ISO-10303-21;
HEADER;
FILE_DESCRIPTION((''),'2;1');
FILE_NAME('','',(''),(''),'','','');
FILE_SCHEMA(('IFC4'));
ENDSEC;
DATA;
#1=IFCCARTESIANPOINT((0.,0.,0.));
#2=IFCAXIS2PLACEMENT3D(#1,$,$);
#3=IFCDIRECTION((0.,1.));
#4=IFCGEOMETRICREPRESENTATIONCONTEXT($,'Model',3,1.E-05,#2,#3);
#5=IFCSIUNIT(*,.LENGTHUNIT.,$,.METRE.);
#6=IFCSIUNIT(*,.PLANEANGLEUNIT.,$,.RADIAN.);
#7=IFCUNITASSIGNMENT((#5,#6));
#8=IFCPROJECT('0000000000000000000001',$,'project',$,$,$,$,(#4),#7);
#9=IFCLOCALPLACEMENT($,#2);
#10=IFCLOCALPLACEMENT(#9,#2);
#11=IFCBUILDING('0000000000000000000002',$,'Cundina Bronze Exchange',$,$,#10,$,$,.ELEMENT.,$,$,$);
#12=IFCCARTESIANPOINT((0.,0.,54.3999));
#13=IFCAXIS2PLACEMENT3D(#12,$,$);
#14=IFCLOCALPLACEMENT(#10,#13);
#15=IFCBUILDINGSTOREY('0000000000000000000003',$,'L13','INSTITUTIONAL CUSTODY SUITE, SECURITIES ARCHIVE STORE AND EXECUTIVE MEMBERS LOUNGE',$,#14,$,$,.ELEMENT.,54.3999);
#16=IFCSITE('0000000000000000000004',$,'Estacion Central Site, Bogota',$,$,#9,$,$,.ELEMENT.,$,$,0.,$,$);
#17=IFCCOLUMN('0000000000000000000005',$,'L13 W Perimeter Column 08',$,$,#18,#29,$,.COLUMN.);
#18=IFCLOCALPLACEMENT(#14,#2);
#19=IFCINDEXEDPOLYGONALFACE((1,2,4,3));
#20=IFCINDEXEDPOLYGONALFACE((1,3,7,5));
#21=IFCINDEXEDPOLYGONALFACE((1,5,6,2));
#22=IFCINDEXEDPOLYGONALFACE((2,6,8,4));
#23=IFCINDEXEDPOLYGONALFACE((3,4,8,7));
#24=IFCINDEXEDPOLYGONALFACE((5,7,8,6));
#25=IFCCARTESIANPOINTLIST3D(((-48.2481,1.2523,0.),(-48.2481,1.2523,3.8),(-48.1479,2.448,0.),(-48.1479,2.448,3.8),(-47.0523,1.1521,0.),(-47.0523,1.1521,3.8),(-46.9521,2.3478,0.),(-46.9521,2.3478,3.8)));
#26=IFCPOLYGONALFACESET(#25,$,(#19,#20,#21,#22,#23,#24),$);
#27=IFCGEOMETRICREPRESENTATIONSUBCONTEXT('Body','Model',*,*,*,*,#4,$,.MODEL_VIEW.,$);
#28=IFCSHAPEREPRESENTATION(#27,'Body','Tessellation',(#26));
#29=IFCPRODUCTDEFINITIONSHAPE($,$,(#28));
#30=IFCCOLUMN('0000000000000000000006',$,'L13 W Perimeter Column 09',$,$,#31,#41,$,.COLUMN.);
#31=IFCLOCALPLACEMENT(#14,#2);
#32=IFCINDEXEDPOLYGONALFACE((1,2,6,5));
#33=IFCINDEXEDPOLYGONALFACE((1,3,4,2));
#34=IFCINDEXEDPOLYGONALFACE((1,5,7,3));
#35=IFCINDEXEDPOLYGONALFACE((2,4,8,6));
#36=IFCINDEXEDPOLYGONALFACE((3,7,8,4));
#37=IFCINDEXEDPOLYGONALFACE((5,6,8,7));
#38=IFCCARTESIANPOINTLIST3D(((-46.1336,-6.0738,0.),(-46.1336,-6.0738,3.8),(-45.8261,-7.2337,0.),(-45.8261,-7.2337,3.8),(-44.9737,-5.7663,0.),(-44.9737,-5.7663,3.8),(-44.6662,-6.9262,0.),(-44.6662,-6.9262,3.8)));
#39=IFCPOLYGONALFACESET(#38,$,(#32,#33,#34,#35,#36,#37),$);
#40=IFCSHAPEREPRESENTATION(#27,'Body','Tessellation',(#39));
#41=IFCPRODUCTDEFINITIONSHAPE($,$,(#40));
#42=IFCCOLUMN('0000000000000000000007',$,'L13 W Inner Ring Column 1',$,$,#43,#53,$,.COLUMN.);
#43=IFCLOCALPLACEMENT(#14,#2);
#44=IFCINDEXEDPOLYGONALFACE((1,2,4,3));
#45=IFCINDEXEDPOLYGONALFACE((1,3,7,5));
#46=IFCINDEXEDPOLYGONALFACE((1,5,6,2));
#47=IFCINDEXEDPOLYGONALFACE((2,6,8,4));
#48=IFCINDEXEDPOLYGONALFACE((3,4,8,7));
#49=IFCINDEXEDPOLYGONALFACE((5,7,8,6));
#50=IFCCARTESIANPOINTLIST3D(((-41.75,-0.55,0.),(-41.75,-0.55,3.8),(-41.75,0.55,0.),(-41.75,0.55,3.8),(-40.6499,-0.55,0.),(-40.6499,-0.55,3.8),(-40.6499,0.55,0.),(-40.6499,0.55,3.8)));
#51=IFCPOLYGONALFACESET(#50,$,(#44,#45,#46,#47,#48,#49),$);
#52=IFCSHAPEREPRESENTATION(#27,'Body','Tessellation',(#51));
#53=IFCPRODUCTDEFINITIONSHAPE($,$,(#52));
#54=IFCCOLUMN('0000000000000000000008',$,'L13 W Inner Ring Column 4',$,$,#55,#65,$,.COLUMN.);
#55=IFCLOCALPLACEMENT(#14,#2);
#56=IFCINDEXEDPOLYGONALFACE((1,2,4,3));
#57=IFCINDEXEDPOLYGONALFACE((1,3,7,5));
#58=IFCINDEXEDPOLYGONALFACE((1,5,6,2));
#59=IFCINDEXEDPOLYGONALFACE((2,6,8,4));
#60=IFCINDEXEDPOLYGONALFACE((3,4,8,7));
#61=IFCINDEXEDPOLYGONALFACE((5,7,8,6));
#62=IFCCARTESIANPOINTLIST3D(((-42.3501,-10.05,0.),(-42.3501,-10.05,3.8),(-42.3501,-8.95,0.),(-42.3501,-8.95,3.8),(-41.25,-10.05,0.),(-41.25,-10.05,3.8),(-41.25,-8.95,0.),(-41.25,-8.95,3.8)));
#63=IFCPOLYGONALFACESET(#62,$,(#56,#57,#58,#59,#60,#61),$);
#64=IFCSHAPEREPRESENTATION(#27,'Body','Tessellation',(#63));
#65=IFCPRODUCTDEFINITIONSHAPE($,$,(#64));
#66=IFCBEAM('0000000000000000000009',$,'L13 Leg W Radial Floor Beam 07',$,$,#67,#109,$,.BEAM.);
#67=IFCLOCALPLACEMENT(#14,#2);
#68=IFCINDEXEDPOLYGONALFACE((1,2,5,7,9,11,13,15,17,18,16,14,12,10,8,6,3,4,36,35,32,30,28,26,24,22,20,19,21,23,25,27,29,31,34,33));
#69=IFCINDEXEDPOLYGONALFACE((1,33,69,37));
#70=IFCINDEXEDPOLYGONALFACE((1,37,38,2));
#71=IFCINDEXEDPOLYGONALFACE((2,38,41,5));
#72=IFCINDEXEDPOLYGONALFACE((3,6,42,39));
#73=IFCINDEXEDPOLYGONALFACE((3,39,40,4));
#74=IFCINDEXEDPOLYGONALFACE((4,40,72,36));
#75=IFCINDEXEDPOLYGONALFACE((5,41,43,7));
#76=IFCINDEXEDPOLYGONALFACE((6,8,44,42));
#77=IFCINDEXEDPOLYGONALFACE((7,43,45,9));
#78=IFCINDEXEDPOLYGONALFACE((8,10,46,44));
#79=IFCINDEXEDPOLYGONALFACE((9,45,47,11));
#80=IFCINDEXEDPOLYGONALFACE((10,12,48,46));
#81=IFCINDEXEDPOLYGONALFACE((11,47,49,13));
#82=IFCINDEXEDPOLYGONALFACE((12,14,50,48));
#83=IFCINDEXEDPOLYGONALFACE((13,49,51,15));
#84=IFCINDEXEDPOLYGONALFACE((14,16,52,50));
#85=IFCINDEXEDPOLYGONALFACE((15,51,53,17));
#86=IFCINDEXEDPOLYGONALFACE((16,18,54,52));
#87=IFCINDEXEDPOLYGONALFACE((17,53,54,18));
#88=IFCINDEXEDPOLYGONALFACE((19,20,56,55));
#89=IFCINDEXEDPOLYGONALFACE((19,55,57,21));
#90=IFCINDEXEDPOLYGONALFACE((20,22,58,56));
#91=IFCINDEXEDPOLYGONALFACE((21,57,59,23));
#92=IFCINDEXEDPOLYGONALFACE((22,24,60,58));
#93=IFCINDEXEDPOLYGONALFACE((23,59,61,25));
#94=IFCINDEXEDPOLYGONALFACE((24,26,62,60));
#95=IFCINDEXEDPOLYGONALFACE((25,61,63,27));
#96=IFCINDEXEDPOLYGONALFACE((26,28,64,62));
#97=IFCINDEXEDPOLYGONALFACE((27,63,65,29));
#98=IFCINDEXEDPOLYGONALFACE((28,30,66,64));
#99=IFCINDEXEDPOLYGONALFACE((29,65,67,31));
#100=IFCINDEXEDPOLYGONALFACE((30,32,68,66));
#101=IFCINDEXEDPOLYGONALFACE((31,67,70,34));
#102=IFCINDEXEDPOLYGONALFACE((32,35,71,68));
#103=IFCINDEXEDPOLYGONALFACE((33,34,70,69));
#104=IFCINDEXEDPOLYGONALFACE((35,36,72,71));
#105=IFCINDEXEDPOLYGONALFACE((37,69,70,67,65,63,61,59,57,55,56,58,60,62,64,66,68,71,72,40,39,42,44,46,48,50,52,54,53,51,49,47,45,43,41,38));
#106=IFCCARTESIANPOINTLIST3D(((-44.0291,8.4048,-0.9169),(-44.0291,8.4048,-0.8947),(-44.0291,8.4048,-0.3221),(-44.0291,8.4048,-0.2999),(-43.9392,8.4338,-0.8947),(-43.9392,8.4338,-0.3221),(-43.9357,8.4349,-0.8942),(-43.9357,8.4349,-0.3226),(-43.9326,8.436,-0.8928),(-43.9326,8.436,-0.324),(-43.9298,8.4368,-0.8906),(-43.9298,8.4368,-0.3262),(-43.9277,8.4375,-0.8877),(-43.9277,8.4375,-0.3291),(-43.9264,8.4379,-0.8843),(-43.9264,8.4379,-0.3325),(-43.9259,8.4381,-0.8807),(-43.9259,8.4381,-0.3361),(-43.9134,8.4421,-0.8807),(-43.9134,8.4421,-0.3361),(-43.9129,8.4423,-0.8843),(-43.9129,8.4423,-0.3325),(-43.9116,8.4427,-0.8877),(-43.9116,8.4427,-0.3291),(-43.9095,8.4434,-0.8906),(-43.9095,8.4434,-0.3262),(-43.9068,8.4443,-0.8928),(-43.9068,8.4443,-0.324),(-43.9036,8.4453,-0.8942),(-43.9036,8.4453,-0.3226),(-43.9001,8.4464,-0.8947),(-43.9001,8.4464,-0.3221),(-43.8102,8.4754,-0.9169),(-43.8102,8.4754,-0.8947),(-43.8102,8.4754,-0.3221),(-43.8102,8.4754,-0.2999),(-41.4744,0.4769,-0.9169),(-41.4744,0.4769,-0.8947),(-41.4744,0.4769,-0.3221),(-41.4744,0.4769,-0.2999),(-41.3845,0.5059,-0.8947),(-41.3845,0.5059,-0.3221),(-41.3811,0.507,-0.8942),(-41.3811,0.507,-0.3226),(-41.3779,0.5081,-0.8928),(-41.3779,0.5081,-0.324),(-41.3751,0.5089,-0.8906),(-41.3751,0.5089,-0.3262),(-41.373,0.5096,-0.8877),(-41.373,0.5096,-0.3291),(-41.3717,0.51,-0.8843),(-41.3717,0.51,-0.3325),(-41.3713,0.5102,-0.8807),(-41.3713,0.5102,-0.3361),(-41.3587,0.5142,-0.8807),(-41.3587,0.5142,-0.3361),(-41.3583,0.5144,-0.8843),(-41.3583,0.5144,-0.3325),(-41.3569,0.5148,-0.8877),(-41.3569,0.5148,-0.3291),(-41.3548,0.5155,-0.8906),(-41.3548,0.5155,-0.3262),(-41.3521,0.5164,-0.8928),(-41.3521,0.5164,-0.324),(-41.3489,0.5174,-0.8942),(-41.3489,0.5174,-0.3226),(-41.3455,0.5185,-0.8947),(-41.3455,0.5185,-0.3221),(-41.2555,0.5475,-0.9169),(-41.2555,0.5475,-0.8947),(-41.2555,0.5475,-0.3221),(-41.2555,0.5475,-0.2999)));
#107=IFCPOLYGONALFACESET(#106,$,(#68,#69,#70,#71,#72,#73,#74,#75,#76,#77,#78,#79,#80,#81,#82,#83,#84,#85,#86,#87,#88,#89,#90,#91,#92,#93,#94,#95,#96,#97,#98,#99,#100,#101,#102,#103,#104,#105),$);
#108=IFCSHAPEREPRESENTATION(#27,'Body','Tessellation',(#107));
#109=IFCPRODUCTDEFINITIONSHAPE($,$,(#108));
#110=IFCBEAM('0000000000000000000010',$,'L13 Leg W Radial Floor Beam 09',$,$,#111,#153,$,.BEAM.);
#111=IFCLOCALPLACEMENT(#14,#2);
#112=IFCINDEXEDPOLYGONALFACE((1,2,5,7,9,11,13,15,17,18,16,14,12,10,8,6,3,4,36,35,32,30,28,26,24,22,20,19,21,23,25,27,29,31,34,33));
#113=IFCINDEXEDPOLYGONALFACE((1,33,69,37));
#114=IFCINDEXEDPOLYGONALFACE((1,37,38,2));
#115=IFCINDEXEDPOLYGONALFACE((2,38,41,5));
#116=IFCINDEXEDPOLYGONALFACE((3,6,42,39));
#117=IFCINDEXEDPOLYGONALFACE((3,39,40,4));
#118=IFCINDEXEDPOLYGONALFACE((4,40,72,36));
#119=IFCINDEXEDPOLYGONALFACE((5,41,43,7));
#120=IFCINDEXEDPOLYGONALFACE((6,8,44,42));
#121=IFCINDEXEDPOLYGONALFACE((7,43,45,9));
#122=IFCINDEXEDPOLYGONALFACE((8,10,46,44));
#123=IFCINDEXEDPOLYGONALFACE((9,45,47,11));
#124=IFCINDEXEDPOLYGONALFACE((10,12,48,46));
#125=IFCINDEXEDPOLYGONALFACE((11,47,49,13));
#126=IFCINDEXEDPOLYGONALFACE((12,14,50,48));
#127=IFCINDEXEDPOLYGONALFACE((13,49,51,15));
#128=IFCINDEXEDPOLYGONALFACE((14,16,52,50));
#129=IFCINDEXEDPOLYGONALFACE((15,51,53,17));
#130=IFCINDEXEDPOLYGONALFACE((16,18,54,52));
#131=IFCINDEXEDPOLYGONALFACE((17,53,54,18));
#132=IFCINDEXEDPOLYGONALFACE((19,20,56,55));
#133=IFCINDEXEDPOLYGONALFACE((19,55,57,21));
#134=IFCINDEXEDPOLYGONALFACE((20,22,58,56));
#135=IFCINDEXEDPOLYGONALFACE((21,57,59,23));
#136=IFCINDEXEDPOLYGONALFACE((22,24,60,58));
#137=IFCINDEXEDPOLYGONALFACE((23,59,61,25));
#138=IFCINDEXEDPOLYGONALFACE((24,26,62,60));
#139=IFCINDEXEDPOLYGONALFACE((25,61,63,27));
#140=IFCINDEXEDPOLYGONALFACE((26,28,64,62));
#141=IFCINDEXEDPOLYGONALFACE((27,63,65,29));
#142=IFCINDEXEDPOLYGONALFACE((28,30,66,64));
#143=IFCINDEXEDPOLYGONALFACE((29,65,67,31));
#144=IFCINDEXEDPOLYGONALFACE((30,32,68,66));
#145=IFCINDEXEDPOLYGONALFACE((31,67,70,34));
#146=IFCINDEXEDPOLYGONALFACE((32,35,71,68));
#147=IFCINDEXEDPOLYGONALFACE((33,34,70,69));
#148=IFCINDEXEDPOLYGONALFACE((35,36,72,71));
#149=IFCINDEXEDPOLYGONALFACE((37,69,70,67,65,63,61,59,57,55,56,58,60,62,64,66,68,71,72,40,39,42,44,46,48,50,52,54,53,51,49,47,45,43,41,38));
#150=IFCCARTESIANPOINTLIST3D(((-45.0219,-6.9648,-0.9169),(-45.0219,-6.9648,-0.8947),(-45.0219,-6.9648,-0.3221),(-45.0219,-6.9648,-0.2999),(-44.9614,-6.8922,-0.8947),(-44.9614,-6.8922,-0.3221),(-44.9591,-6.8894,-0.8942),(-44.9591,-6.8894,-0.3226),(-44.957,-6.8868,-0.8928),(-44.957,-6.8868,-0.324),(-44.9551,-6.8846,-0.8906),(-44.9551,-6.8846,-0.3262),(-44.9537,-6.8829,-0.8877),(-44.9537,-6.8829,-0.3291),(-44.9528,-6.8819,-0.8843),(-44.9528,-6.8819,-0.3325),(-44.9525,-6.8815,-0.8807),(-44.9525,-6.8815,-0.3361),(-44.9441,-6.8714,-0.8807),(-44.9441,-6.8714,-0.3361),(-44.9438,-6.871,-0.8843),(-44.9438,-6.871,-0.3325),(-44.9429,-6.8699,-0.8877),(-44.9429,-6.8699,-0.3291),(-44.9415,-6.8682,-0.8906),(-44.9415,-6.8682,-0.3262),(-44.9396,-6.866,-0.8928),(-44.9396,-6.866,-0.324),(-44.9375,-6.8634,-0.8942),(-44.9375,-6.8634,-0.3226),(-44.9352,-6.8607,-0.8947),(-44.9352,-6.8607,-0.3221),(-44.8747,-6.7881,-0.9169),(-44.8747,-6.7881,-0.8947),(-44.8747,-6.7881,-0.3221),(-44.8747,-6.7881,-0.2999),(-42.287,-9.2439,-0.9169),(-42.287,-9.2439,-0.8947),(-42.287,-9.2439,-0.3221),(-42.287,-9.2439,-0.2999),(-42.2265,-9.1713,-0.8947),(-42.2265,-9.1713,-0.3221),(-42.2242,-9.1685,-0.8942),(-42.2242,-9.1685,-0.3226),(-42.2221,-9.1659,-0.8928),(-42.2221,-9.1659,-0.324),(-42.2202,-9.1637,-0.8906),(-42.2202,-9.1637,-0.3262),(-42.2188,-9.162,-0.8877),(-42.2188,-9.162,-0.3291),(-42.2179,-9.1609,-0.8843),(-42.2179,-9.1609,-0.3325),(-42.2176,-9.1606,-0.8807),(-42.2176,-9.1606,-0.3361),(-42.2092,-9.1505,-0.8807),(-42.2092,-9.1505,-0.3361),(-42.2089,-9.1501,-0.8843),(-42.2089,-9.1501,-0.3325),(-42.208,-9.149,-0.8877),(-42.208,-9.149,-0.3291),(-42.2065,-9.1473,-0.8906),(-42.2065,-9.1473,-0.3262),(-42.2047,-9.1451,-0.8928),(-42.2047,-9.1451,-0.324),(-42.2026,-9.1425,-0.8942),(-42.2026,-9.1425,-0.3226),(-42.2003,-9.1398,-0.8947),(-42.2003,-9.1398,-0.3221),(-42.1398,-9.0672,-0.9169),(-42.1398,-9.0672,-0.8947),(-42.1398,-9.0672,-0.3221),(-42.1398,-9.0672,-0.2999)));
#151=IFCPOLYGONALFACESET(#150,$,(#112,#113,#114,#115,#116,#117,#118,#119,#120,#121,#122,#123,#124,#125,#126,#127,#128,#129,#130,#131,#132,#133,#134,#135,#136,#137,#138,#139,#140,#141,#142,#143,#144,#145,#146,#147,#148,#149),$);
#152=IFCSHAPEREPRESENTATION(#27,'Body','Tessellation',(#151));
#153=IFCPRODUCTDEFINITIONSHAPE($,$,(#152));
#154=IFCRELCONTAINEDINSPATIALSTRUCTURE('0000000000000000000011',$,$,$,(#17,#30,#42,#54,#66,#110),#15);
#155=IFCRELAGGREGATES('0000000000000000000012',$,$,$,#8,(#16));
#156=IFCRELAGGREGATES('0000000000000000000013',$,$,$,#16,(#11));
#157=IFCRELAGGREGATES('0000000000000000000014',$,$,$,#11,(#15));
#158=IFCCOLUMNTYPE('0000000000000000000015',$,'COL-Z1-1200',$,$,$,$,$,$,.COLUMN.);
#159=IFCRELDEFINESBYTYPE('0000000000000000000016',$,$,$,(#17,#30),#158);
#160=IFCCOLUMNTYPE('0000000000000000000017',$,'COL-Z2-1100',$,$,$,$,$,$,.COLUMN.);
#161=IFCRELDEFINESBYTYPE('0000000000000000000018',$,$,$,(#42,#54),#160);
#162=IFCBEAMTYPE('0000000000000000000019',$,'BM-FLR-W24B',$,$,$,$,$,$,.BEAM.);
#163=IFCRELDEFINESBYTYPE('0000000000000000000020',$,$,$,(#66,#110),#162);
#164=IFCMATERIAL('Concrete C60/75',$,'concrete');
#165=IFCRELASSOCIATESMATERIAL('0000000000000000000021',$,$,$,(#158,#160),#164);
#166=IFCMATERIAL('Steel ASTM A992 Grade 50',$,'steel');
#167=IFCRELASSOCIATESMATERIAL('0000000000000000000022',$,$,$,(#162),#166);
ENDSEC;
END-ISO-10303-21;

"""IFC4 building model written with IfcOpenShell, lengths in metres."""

from ifc_helpers import new_model, si_unit, direction, frame, origin, origin_2d, place, context, subcontext, project, spatial, rectangle, i_section, extrude, material, material_profile, profile_set, type_object, element, save


model = new_model("IFC4")

# Units and contexts
model_context = context("Model", 3, precision=1e-05, world=origin(), true_north=direction((0.0, 1.0)))
body_context = subcontext(model_context, "Body", "Model", "MODEL_VIEW")
ifc_project = project(units=[si_unit("LENGTHUNIT", "METRE"), si_unit("PLANEANGLEUNIT", "RADIAN")], contexts=[model_context])

# Site, building, storey
site_placement = place(None, origin())
site = spatial("IfcSite", under=ifc_project, at=site_placement, Name="Estacion Central Site, Bogota", CompositionType="ELEMENT", RefElevation=0.0)
building_placement = place(site_placement, origin())
building = spatial("IfcBuilding", under=site, at=building_placement, Name="Cundina Bronze Exchange", CompositionType="ELEMENT")
storey_placement = place(building_placement, frame((0.0, 0.0, 54.3999)))
storey = spatial("IfcBuildingStorey", under=building, at=storey_placement, Name="L13", Description="INSTITUTIONAL CUSTODY SUITE, SECURITIES ARCHIVE STORE AND EXECUTIVE MEMBERS LOUNGE", CompositionType="ELEMENT", Elevation=54.3999)

# Columns
ifc_material_1 = material(Name="Concrete C60/75", Category="concrete")
ifc_material_profile_1 = material_profile(ifc_material_1, rectangle(XDim=1.2, YDim=1.2, at=origin_2d()), Name="RC1200X1200", Category="concrete")
ifc_profile_set_1 = profile_set([ifc_material_profile_1], Name="Concrete C60/75")
column_type_1 = type_object("IfcColumnType", Name="COL-Z1-1200", PredefinedType="COLUMN", material=ifc_profile_set_1)
for number, where, z_axis, x_axis, name in (
    (1, (-47.6001, 1.8, 0.0), (0.0, 0.0, 1.0), (-0.083504, -0.996507, 0.0), "L13 W Perimeter Column 08"),
    (2, (-45.3999, -6.5, 0.0), (0.0, 0.0, 1.0), (0.256289, -0.9666, 0.0), "L13 W Perimeter Column 09"),
):
    element("IfcColumn", number, at=place(storey_placement, frame(where, z_axis=z_axis, x_axis=x_axis)), inside=storey, type_object=column_type_1, Name=name, PredefinedType="COLUMN", context=body_context, shape_type="SweptSolid", body=[
        extrude(rectangle(XDim=1.2, YDim=1.2, at=origin_2d()), origin(), (0.0, 0.0, 1.0), 3.8),
    ])
ifc_material_profile_2 = material_profile(ifc_material_1, rectangle(XDim=1.1001, YDim=1.1001, at=origin_2d()), Name="RC1100X1100", Category="concrete")
ifc_profile_set_2 = profile_set([ifc_material_profile_2], Name="Concrete C60/75")
column_type_2 = type_object("IfcColumnType", Name="COL-Z2-1100", PredefinedType="COLUMN", material=ifc_profile_set_2)
for number, where, z_axis, x_axis, name in (
    (3, (-41.2, 0.0, 0.0), (0.0, 0.0, 1.0), (1.0, 0.0, 0.0), "L13 W Inner Ring Column 1"),
    (4, (-41.8, -9.5, 0.0), (0.0, 0.0, 1.0), (1.0, 0.0, 0.0), "L13 W Inner Ring Column 4"),
):
    element("IfcColumn", number, at=place(storey_placement, frame(where, z_axis=z_axis, x_axis=x_axis)), inside=storey, type_object=column_type_2, Name=name, PredefinedType="COLUMN", context=body_context, shape_type="SweptSolid", body=[
        extrude(rectangle(XDim=1.1001, YDim=1.1001, at=origin_2d()), origin(), (0.0, 0.0, 1.0), 3.8),
    ])

# Beams
ifc_material_2 = material(Name="Steel ASTM A992 Grade 50", Category="steel")
ifc_material_profile_3 = material_profile(ifc_material_2, i_section(OverallWidth=0.23, OverallDepth=0.6169, WebThickness=0.0132, FlangeThickness=0.0222, FilletRadius=0.0139, at=origin_2d()), Name="W24X94", Category="steel")
ifc_profile_set_3 = profile_set([ifc_material_profile_3], Name="Steel ASTM A992 Grade 50")
beam_type_1 = type_object("IfcBeamType", Name="BM-FLR-W24B", PredefinedType="BEAM", material=ifc_profile_set_3)
beam_1_placement = place(storey_placement, frame((-41.365, 0.5122, -0.6084), z_axis=(-0.306706, 0.951804, 0.0), x_axis=(-0.951804, -0.306706, 0.0)))
element("IfcBeam", 5, at=beam_1_placement, inside=storey, type_object=beam_type_1, Name="L13 Leg W Radial Floor Beam 07", PredefinedType="BEAM", context=body_context, shape_type="SweptSolid", body=[
    extrude(i_section(OverallWidth=0.23, OverallDepth=0.6169, WebThickness=0.0132, FlangeThickness=0.0222, FilletRadius=0.0139, at=origin_2d()), origin(), (0.0, 0.0, 1.0), 8.3293),
])
beam_2_placement = place(storey_placement, frame((-42.2134, -9.1555, -0.6084), z_axis=(-0.768221, 0.640184, 0.0), x_axis=(-0.640184, -0.768221, 0.0)))
element("IfcBeam", 6, at=beam_2_placement, inside=storey, type_object=beam_type_1, Name="L13 Leg W Radial Floor Beam 09", PredefinedType="BEAM", context=body_context, shape_type="SweptSolid", body=[
    extrude(i_section(OverallWidth=0.23, OverallDepth=0.6169, WebThickness=0.0132, FlangeThickness=0.0222, FilletRadius=0.0139, at=origin_2d()), origin(), (0.0, 0.0, 1.0), 3.5601),
])

save(model, "model.ifc")
